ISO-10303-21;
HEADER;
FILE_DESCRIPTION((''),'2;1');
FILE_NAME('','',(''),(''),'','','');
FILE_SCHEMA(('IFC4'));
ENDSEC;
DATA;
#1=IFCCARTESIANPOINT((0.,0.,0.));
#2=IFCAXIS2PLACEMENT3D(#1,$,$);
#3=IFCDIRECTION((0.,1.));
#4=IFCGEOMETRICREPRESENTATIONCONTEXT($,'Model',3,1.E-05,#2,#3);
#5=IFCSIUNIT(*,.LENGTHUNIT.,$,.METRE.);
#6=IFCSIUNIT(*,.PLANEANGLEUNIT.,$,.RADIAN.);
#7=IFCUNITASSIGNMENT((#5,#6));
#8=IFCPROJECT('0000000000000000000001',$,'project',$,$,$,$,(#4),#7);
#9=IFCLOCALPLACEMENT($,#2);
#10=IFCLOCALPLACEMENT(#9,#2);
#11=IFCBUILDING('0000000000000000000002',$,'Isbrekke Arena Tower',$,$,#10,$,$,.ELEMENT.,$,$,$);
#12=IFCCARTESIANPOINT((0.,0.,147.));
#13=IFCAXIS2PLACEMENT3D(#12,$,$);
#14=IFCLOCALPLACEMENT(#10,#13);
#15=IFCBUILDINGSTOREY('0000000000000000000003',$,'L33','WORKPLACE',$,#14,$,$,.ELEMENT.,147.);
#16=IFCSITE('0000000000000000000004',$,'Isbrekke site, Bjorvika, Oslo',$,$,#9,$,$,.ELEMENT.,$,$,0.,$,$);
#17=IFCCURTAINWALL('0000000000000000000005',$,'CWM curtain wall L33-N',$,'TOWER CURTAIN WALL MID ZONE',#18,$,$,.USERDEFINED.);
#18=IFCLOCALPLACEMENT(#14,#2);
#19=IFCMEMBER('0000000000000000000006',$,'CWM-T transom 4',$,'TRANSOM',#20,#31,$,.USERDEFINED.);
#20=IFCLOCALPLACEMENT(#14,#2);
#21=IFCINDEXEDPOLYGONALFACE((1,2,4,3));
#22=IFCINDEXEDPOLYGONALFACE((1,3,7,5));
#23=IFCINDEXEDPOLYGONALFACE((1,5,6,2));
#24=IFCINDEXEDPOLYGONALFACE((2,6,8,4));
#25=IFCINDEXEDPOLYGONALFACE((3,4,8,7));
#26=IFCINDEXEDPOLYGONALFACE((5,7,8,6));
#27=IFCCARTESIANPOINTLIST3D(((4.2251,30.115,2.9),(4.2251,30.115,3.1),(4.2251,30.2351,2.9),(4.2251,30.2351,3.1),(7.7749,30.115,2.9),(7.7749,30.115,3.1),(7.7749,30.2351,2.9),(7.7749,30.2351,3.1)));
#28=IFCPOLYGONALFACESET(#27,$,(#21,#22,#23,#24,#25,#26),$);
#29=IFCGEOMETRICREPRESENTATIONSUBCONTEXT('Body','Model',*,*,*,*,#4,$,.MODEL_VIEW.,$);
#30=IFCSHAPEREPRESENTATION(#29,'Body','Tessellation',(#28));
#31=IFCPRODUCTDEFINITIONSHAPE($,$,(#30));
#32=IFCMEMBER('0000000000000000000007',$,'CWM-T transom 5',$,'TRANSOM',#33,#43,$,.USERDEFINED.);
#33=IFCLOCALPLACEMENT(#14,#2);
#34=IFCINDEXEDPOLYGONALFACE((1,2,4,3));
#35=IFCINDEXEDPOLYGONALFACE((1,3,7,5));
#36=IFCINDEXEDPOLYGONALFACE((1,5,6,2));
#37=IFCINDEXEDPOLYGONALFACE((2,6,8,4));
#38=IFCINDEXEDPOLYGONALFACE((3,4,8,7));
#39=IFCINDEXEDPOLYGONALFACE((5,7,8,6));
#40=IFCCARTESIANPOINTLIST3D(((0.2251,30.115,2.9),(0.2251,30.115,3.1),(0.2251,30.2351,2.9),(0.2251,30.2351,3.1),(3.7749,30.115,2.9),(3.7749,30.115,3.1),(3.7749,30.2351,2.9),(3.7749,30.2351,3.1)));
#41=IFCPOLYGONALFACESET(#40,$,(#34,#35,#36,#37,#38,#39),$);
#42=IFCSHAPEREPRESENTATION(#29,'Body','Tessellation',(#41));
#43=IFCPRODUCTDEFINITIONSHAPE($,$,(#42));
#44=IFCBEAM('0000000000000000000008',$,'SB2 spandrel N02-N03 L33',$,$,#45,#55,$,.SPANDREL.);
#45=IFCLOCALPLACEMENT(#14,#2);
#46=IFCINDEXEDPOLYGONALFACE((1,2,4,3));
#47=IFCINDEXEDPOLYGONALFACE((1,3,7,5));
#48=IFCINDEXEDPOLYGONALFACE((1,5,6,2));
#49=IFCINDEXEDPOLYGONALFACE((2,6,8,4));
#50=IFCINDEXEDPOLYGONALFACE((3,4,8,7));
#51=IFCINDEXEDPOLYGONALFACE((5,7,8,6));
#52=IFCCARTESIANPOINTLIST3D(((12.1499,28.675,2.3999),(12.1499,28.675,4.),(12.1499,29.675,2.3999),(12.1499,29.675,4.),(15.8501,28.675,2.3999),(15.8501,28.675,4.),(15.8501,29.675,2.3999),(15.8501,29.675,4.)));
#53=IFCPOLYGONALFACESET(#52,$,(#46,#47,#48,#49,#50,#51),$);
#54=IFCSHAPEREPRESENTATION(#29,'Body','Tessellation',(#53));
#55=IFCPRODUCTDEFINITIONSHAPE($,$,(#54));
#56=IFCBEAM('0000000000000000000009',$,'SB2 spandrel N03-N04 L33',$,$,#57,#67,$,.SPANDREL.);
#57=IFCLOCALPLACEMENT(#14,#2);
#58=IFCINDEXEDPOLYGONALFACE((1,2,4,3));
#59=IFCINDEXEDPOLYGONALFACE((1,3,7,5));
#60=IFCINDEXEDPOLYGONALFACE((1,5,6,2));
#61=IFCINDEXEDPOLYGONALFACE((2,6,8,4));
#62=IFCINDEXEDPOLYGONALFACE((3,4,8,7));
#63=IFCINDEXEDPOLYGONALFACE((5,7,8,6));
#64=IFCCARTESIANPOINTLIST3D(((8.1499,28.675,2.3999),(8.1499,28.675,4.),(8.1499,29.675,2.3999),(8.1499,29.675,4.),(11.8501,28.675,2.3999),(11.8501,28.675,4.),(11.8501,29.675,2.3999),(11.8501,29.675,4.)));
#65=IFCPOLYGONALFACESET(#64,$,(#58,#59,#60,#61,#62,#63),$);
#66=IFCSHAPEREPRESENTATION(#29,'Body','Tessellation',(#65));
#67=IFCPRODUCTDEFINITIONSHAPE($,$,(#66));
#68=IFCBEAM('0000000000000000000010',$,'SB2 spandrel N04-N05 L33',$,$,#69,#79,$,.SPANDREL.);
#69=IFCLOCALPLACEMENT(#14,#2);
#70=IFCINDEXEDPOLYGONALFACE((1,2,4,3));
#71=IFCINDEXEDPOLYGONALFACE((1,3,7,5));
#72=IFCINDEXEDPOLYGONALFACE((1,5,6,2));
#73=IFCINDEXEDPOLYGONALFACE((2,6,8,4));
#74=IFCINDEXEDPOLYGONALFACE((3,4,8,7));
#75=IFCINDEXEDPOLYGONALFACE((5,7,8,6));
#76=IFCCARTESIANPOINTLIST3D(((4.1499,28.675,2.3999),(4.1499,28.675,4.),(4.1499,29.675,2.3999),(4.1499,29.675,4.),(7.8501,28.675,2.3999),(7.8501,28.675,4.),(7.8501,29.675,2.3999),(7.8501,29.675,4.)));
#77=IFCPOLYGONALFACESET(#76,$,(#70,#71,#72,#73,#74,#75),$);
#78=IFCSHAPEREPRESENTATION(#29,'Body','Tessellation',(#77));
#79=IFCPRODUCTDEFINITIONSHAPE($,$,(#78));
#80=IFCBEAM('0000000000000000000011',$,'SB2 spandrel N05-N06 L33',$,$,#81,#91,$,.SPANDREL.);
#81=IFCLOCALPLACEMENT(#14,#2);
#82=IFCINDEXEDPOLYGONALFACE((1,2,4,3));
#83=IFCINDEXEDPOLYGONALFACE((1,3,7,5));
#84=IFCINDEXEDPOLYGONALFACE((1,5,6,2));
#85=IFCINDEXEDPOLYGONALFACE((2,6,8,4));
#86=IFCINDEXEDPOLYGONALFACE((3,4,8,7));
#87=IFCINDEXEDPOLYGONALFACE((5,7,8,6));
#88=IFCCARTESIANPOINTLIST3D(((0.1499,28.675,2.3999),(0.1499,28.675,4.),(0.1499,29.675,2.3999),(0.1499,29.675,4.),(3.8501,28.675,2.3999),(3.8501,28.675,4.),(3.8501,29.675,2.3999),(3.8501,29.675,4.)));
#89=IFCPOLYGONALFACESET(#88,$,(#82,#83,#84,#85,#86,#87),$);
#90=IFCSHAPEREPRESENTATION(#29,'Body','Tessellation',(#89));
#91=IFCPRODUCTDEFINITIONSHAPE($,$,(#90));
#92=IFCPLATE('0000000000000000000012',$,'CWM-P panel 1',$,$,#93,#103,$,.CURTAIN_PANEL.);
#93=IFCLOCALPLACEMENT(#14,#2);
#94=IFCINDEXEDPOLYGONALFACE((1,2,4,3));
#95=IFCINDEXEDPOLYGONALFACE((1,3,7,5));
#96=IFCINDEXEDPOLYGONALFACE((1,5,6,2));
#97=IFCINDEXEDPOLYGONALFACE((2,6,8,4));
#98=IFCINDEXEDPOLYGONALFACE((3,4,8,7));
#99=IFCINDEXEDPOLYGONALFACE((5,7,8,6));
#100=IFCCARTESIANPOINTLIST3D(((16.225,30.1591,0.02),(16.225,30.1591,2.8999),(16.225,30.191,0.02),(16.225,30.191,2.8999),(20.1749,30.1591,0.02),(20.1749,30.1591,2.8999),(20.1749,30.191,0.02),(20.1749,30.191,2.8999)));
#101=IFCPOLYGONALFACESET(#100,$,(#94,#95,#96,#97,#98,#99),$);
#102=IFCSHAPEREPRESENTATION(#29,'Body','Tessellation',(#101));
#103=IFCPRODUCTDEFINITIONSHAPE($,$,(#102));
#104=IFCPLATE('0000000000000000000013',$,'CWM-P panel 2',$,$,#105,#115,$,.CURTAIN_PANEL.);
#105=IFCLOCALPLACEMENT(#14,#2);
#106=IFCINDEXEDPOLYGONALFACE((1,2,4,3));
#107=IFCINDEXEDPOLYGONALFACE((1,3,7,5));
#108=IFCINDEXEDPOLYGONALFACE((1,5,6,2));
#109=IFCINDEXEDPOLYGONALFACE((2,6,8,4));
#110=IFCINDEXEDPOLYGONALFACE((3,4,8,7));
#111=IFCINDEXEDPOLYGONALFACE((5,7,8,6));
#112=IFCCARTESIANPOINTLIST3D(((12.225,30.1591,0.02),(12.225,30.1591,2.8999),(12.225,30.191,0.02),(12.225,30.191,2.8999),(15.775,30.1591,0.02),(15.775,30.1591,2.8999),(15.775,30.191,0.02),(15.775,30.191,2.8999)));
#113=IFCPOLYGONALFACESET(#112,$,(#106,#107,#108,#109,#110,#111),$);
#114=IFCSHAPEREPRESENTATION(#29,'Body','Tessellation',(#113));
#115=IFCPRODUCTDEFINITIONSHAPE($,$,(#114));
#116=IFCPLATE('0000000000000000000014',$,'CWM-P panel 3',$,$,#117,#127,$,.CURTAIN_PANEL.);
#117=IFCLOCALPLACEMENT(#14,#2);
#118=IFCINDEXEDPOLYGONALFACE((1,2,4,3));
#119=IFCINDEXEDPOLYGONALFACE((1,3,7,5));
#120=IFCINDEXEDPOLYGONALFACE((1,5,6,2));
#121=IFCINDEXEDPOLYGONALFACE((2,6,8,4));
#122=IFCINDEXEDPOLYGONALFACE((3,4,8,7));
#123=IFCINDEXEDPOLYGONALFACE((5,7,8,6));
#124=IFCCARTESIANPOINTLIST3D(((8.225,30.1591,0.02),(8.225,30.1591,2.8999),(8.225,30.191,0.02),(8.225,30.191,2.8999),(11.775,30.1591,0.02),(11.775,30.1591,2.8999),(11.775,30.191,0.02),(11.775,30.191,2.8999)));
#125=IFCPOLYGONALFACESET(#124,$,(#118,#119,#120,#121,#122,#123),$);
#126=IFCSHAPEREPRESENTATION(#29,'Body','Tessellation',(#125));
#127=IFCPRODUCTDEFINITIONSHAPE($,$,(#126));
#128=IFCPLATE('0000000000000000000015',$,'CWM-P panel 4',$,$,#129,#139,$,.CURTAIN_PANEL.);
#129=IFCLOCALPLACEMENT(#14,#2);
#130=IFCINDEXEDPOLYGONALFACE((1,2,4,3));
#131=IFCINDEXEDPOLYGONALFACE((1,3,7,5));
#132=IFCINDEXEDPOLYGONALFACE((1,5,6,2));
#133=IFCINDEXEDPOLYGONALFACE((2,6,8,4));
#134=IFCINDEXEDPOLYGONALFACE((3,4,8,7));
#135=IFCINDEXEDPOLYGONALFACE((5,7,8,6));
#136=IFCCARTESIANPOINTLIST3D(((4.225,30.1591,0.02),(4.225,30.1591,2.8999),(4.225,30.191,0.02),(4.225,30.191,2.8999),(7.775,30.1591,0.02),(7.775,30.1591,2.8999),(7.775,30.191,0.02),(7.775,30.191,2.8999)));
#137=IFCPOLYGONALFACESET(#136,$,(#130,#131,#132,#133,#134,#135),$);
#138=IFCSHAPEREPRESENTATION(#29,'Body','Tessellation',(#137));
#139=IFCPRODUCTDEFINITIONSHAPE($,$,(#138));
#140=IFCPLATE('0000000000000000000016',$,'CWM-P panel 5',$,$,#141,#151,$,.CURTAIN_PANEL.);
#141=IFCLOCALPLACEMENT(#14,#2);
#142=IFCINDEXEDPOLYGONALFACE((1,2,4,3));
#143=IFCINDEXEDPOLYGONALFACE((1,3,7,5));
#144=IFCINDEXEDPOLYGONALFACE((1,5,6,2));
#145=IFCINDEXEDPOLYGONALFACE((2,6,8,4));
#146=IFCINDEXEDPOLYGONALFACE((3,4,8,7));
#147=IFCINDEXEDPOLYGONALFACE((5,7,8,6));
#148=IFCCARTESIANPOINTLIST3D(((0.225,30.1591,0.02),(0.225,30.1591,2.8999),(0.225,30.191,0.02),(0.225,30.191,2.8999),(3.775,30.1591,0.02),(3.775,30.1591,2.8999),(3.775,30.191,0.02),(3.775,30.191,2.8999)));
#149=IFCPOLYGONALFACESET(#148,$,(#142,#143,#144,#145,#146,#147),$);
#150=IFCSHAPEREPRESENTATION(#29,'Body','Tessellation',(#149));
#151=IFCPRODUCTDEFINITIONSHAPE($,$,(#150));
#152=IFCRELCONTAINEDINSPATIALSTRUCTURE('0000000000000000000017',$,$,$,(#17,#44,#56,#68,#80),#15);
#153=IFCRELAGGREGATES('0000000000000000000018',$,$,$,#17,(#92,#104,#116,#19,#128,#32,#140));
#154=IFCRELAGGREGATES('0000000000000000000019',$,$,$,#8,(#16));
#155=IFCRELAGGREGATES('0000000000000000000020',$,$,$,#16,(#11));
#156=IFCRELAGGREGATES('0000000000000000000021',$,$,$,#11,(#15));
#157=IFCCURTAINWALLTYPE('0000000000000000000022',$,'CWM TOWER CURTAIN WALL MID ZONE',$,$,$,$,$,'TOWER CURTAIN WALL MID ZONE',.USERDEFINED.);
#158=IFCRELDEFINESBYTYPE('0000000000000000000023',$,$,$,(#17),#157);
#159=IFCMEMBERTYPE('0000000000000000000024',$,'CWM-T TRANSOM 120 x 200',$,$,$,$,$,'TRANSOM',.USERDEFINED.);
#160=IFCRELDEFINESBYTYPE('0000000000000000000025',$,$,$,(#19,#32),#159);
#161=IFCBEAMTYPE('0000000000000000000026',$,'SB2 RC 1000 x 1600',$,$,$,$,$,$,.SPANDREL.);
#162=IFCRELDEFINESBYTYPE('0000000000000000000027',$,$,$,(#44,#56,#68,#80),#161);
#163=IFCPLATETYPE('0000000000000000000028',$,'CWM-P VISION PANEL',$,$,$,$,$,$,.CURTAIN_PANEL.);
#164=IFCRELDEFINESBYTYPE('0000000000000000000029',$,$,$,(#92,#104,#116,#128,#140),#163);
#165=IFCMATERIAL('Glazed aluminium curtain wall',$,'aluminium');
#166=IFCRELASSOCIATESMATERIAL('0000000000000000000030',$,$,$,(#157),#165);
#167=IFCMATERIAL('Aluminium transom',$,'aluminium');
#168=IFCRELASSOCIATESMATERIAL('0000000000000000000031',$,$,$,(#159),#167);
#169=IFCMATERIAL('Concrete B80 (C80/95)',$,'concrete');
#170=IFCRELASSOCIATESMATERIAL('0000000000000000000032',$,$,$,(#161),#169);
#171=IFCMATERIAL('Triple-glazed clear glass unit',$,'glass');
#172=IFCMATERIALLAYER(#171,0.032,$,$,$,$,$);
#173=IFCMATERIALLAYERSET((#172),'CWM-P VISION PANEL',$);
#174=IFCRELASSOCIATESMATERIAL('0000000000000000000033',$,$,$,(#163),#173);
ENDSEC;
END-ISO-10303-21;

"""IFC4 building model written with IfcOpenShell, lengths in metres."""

from ifc_helpers import new_model, si_unit, direction, frame, origin, origin_2d, place, context, subcontext, project, spatial, rectangle, extrude, material, layer, layer_set, material_profile, profile_set, type_object, element, aggregate, save


model = new_model("IFC4")

# Units and contexts
model_context = context("Model", 3, precision=1e-05, world=origin(), true_north=direction((0.0, 1.0)))
body_context = subcontext(model_context, "Body", "Model", "MODEL_VIEW")
ifc_project = project(units=[si_unit("LENGTHUNIT", "METRE"), si_unit("PLANEANGLEUNIT", "RADIAN")], contexts=[model_context])

# Site, building, storey
site_placement = place(None, origin())
site = spatial("IfcSite", under=ifc_project, at=site_placement, Name="Isbrekke site, Bjorvika, Oslo", CompositionType="ELEMENT", RefElevation=0.0)
building_placement = place(site_placement, origin())
building = spatial("IfcBuilding", under=site, at=building_placement, Name="Isbrekke Arena Tower", CompositionType="ELEMENT")
storey_placement = place(building_placement, frame((0.0, 0.0, 147.0)))
storey = spatial("IfcBuildingStorey", under=building, at=storey_placement, Name="L33", Description="WORKPLACE", CompositionType="ELEMENT", Elevation=147.0)

# Curtain wall, members
ifc_material_1 = material(Name="Glazed aluminium curtain wall", Category="aluminium")
curtain_wall_type = type_object("IfcCurtainWallType", Name="CWM TOWER CURTAIN WALL MID ZONE", ElementType="TOWER CURTAIN WALL MID ZONE", PredefinedType="USERDEFINED", material=ifc_material_1)
curtain_wall_placement = place(storey_placement, origin())
curtain_wall = element("IfcCurtainWall", 1, at=curtain_wall_placement, inside=storey, type_object=curtain_wall_type, Name="CWM curtain wall L33-N", ObjectType="TOWER CURTAIN WALL MID ZONE", PredefinedType="USERDEFINED")
ifc_material_2 = material(Name="Aluminium transom", Category="aluminium")
ifc_material_profile_1 = material_profile(ifc_material_2, rectangle(XDim=0.1201, YDim=0.2, at=origin_2d()), Name="TRANSOM 120X200")
ifc_profile_set_1 = profile_set([ifc_material_profile_1], Name="Aluminium transom")
member_type_1 = type_object("IfcMemberType", Name="CWM-T TRANSOM 120 x 200", ElementType="TRANSOM", PredefinedType="USERDEFINED", material=ifc_profile_set_1)
member_1_placement = place(storey_placement, frame((7.7749, 30.175, 3.0), z_axis=(-1.0, 0.0, 0.0), x_axis=(0.0, -1.0, 0.0)))
member_1 = element("IfcMember", 2, at=member_1_placement, type_object=member_type_1, Name="CWM-T transom 4", ObjectType="TRANSOM", PredefinedType="USERDEFINED", context=body_context, shape_type="SweptSolid", body=[
    extrude(rectangle(XDim=0.1201, YDim=0.2, at=origin_2d()), origin(), (0.0, 0.0, 1.0), 3.5498),
])
member_2_placement = place(storey_placement, frame((3.7749, 30.175, 3.0), z_axis=(-1.0, 0.0, 0.0), x_axis=(0.0, -1.0, 0.0)))
member_2 = element("IfcMember", 3, at=member_2_placement, type_object=member_type_1, Name="CWM-T transom 5", ObjectType="TRANSOM", PredefinedType="USERDEFINED", context=body_context, shape_type="SweptSolid", body=[
    extrude(rectangle(XDim=0.1201, YDim=0.2, at=origin_2d()), origin(), (0.0, 0.0, 1.0), 3.5498),
])

# Beams
ifc_material_3 = material(Name="Concrete B80 (C80/95)", Category="concrete")
ifc_material_profile_2 = material_profile(ifc_material_3, rectangle(XDim=1.0, YDim=1.6001, at=origin_2d()), Name="RC 1000x1600")
ifc_profile_set_2 = profile_set([ifc_material_profile_2], Name="Concrete B80 (C80/95)")
beam_type_1 = type_object("IfcBeamType", Name="SB2 RC 1000 x 1600", PredefinedType="SPANDREL", material=ifc_profile_set_2)
for number, where, z_axis, x_axis, name in (
    (4, (15.8501, 29.175, 3.2), (-1.0, 0.0, 0.0), (0.0, -1.0, 0.0), "SB2 spandrel N02-N03 L33"),
    (5, (11.8501, 29.175, 3.2), (-1.0, 0.0, 0.0), (0.0, -1.0, 0.0), "SB2 spandrel N03-N04 L33"),
    (6, (7.8501, 29.175, 3.2), (-1.0, 0.0, 0.0), (0.0, -1.0, 0.0), "SB2 spandrel N04-N05 L33"),
    (7, (3.8501, 29.175, 3.2), (-1.0, 0.0, 0.0), (0.0, -1.0, 0.0), "SB2 spandrel N05-N06 L33"),
):
    element("IfcBeam", number, at=place(storey_placement, frame(where, z_axis=z_axis, x_axis=x_axis)), inside=storey, type_object=beam_type_1, Name=name, PredefinedType="SPANDREL", context=body_context, shape_type="SweptSolid", body=[
        extrude(rectangle(XDim=1.0, YDim=1.6001, at=origin_2d()), origin(), (0.0, 0.0, 1.0), 3.7002),
    ])

# Plates
ifc_material_4 = material(Name="Triple-glazed clear glass unit", Category="glass")
ifc_layer = layer(ifc_material_4, 0.032)
ifc_layer_set = layer_set([ifc_layer], Name="CWM-P VISION PANEL")
plate_type = type_object("IfcPlateType", Name="CWM-P VISION PANEL", PredefinedType="CURTAIN_PANEL", material=ifc_layer_set)
plate_1_placement = place(storey_placement, frame((18.2, 30.175, 0.02), z_axis=(0.0, 0.0, 1.0), x_axis=(-1.0, 0.0, 0.0)))
plate_1 = element("IfcPlate", 8, at=plate_1_placement, type_object=plate_type, Name="CWM-P panel 1", PredefinedType="CURTAIN_PANEL", context=body_context, shape_type="SweptSolid", body=[
    extrude(rectangle(XDim=3.95, YDim=0.032, at=origin_2d()), origin(), (0.0, 0.0, 1.0), 2.8799),
])
plate_2_placement = place(storey_placement, frame((14.0, 30.175, 0.02), z_axis=(0.0, 0.0, 1.0), x_axis=(-1.0, 0.0, 0.0)))
plate_2 = element("IfcPlate", 9, at=plate_2_placement, type_object=plate_type, Name="CWM-P panel 2", PredefinedType="CURTAIN_PANEL", context=body_context, shape_type="SweptSolid", body=[
    extrude(rectangle(XDim=3.55, YDim=0.032, at=origin_2d()), origin(), (0.0, 0.0, 1.0), 2.8799),
])
plate_3_placement = place(storey_placement, frame((10.0, 30.175, 0.02), z_axis=(0.0, 0.0, 1.0), x_axis=(-1.0, 0.0, 0.0)))
plate_3 = element("IfcPlate", 10, at=plate_3_placement, type_object=plate_type, Name="CWM-P panel 3", PredefinedType="CURTAIN_PANEL", context=body_context, shape_type="SweptSolid", body=[
    extrude(rectangle(XDim=3.55, YDim=0.032, at=origin_2d()), origin(), (0.0, 0.0, 1.0), 2.8799),
])
plate_4_placement = place(storey_placement, frame((6.0, 30.175, 0.02), z_axis=(0.0, 0.0, 1.0), x_axis=(-1.0, 0.0, 0.0)))
plate_4 = element("IfcPlate", 11, at=plate_4_placement, type_object=plate_type, Name="CWM-P panel 4", PredefinedType="CURTAIN_PANEL", context=body_context, shape_type="SweptSolid", body=[
    extrude(rectangle(XDim=3.55, YDim=0.032, at=origin_2d()), origin(), (0.0, 0.0, 1.0), 2.8799),
])
plate_5_placement = place(storey_placement, frame((2.0, 30.175, 0.02), z_axis=(0.0, 0.0, 1.0), x_axis=(-1.0, 0.0, 0.0)))
plate_5 = element("IfcPlate", 12, at=plate_5_placement, type_object=plate_type, Name="CWM-P panel 5", PredefinedType="CURTAIN_PANEL", context=body_context, shape_type="SweptSolid", body=[
    extrude(rectangle(XDim=3.55, YDim=0.032, at=origin_2d()), origin(), (0.0, 0.0, 1.0), 2.8799),
])
aggregate(curtain_wall, [plate_1, plate_2, plate_3, member_1, plate_4, member_2, plate_5])

save(model, "model.ifc")
